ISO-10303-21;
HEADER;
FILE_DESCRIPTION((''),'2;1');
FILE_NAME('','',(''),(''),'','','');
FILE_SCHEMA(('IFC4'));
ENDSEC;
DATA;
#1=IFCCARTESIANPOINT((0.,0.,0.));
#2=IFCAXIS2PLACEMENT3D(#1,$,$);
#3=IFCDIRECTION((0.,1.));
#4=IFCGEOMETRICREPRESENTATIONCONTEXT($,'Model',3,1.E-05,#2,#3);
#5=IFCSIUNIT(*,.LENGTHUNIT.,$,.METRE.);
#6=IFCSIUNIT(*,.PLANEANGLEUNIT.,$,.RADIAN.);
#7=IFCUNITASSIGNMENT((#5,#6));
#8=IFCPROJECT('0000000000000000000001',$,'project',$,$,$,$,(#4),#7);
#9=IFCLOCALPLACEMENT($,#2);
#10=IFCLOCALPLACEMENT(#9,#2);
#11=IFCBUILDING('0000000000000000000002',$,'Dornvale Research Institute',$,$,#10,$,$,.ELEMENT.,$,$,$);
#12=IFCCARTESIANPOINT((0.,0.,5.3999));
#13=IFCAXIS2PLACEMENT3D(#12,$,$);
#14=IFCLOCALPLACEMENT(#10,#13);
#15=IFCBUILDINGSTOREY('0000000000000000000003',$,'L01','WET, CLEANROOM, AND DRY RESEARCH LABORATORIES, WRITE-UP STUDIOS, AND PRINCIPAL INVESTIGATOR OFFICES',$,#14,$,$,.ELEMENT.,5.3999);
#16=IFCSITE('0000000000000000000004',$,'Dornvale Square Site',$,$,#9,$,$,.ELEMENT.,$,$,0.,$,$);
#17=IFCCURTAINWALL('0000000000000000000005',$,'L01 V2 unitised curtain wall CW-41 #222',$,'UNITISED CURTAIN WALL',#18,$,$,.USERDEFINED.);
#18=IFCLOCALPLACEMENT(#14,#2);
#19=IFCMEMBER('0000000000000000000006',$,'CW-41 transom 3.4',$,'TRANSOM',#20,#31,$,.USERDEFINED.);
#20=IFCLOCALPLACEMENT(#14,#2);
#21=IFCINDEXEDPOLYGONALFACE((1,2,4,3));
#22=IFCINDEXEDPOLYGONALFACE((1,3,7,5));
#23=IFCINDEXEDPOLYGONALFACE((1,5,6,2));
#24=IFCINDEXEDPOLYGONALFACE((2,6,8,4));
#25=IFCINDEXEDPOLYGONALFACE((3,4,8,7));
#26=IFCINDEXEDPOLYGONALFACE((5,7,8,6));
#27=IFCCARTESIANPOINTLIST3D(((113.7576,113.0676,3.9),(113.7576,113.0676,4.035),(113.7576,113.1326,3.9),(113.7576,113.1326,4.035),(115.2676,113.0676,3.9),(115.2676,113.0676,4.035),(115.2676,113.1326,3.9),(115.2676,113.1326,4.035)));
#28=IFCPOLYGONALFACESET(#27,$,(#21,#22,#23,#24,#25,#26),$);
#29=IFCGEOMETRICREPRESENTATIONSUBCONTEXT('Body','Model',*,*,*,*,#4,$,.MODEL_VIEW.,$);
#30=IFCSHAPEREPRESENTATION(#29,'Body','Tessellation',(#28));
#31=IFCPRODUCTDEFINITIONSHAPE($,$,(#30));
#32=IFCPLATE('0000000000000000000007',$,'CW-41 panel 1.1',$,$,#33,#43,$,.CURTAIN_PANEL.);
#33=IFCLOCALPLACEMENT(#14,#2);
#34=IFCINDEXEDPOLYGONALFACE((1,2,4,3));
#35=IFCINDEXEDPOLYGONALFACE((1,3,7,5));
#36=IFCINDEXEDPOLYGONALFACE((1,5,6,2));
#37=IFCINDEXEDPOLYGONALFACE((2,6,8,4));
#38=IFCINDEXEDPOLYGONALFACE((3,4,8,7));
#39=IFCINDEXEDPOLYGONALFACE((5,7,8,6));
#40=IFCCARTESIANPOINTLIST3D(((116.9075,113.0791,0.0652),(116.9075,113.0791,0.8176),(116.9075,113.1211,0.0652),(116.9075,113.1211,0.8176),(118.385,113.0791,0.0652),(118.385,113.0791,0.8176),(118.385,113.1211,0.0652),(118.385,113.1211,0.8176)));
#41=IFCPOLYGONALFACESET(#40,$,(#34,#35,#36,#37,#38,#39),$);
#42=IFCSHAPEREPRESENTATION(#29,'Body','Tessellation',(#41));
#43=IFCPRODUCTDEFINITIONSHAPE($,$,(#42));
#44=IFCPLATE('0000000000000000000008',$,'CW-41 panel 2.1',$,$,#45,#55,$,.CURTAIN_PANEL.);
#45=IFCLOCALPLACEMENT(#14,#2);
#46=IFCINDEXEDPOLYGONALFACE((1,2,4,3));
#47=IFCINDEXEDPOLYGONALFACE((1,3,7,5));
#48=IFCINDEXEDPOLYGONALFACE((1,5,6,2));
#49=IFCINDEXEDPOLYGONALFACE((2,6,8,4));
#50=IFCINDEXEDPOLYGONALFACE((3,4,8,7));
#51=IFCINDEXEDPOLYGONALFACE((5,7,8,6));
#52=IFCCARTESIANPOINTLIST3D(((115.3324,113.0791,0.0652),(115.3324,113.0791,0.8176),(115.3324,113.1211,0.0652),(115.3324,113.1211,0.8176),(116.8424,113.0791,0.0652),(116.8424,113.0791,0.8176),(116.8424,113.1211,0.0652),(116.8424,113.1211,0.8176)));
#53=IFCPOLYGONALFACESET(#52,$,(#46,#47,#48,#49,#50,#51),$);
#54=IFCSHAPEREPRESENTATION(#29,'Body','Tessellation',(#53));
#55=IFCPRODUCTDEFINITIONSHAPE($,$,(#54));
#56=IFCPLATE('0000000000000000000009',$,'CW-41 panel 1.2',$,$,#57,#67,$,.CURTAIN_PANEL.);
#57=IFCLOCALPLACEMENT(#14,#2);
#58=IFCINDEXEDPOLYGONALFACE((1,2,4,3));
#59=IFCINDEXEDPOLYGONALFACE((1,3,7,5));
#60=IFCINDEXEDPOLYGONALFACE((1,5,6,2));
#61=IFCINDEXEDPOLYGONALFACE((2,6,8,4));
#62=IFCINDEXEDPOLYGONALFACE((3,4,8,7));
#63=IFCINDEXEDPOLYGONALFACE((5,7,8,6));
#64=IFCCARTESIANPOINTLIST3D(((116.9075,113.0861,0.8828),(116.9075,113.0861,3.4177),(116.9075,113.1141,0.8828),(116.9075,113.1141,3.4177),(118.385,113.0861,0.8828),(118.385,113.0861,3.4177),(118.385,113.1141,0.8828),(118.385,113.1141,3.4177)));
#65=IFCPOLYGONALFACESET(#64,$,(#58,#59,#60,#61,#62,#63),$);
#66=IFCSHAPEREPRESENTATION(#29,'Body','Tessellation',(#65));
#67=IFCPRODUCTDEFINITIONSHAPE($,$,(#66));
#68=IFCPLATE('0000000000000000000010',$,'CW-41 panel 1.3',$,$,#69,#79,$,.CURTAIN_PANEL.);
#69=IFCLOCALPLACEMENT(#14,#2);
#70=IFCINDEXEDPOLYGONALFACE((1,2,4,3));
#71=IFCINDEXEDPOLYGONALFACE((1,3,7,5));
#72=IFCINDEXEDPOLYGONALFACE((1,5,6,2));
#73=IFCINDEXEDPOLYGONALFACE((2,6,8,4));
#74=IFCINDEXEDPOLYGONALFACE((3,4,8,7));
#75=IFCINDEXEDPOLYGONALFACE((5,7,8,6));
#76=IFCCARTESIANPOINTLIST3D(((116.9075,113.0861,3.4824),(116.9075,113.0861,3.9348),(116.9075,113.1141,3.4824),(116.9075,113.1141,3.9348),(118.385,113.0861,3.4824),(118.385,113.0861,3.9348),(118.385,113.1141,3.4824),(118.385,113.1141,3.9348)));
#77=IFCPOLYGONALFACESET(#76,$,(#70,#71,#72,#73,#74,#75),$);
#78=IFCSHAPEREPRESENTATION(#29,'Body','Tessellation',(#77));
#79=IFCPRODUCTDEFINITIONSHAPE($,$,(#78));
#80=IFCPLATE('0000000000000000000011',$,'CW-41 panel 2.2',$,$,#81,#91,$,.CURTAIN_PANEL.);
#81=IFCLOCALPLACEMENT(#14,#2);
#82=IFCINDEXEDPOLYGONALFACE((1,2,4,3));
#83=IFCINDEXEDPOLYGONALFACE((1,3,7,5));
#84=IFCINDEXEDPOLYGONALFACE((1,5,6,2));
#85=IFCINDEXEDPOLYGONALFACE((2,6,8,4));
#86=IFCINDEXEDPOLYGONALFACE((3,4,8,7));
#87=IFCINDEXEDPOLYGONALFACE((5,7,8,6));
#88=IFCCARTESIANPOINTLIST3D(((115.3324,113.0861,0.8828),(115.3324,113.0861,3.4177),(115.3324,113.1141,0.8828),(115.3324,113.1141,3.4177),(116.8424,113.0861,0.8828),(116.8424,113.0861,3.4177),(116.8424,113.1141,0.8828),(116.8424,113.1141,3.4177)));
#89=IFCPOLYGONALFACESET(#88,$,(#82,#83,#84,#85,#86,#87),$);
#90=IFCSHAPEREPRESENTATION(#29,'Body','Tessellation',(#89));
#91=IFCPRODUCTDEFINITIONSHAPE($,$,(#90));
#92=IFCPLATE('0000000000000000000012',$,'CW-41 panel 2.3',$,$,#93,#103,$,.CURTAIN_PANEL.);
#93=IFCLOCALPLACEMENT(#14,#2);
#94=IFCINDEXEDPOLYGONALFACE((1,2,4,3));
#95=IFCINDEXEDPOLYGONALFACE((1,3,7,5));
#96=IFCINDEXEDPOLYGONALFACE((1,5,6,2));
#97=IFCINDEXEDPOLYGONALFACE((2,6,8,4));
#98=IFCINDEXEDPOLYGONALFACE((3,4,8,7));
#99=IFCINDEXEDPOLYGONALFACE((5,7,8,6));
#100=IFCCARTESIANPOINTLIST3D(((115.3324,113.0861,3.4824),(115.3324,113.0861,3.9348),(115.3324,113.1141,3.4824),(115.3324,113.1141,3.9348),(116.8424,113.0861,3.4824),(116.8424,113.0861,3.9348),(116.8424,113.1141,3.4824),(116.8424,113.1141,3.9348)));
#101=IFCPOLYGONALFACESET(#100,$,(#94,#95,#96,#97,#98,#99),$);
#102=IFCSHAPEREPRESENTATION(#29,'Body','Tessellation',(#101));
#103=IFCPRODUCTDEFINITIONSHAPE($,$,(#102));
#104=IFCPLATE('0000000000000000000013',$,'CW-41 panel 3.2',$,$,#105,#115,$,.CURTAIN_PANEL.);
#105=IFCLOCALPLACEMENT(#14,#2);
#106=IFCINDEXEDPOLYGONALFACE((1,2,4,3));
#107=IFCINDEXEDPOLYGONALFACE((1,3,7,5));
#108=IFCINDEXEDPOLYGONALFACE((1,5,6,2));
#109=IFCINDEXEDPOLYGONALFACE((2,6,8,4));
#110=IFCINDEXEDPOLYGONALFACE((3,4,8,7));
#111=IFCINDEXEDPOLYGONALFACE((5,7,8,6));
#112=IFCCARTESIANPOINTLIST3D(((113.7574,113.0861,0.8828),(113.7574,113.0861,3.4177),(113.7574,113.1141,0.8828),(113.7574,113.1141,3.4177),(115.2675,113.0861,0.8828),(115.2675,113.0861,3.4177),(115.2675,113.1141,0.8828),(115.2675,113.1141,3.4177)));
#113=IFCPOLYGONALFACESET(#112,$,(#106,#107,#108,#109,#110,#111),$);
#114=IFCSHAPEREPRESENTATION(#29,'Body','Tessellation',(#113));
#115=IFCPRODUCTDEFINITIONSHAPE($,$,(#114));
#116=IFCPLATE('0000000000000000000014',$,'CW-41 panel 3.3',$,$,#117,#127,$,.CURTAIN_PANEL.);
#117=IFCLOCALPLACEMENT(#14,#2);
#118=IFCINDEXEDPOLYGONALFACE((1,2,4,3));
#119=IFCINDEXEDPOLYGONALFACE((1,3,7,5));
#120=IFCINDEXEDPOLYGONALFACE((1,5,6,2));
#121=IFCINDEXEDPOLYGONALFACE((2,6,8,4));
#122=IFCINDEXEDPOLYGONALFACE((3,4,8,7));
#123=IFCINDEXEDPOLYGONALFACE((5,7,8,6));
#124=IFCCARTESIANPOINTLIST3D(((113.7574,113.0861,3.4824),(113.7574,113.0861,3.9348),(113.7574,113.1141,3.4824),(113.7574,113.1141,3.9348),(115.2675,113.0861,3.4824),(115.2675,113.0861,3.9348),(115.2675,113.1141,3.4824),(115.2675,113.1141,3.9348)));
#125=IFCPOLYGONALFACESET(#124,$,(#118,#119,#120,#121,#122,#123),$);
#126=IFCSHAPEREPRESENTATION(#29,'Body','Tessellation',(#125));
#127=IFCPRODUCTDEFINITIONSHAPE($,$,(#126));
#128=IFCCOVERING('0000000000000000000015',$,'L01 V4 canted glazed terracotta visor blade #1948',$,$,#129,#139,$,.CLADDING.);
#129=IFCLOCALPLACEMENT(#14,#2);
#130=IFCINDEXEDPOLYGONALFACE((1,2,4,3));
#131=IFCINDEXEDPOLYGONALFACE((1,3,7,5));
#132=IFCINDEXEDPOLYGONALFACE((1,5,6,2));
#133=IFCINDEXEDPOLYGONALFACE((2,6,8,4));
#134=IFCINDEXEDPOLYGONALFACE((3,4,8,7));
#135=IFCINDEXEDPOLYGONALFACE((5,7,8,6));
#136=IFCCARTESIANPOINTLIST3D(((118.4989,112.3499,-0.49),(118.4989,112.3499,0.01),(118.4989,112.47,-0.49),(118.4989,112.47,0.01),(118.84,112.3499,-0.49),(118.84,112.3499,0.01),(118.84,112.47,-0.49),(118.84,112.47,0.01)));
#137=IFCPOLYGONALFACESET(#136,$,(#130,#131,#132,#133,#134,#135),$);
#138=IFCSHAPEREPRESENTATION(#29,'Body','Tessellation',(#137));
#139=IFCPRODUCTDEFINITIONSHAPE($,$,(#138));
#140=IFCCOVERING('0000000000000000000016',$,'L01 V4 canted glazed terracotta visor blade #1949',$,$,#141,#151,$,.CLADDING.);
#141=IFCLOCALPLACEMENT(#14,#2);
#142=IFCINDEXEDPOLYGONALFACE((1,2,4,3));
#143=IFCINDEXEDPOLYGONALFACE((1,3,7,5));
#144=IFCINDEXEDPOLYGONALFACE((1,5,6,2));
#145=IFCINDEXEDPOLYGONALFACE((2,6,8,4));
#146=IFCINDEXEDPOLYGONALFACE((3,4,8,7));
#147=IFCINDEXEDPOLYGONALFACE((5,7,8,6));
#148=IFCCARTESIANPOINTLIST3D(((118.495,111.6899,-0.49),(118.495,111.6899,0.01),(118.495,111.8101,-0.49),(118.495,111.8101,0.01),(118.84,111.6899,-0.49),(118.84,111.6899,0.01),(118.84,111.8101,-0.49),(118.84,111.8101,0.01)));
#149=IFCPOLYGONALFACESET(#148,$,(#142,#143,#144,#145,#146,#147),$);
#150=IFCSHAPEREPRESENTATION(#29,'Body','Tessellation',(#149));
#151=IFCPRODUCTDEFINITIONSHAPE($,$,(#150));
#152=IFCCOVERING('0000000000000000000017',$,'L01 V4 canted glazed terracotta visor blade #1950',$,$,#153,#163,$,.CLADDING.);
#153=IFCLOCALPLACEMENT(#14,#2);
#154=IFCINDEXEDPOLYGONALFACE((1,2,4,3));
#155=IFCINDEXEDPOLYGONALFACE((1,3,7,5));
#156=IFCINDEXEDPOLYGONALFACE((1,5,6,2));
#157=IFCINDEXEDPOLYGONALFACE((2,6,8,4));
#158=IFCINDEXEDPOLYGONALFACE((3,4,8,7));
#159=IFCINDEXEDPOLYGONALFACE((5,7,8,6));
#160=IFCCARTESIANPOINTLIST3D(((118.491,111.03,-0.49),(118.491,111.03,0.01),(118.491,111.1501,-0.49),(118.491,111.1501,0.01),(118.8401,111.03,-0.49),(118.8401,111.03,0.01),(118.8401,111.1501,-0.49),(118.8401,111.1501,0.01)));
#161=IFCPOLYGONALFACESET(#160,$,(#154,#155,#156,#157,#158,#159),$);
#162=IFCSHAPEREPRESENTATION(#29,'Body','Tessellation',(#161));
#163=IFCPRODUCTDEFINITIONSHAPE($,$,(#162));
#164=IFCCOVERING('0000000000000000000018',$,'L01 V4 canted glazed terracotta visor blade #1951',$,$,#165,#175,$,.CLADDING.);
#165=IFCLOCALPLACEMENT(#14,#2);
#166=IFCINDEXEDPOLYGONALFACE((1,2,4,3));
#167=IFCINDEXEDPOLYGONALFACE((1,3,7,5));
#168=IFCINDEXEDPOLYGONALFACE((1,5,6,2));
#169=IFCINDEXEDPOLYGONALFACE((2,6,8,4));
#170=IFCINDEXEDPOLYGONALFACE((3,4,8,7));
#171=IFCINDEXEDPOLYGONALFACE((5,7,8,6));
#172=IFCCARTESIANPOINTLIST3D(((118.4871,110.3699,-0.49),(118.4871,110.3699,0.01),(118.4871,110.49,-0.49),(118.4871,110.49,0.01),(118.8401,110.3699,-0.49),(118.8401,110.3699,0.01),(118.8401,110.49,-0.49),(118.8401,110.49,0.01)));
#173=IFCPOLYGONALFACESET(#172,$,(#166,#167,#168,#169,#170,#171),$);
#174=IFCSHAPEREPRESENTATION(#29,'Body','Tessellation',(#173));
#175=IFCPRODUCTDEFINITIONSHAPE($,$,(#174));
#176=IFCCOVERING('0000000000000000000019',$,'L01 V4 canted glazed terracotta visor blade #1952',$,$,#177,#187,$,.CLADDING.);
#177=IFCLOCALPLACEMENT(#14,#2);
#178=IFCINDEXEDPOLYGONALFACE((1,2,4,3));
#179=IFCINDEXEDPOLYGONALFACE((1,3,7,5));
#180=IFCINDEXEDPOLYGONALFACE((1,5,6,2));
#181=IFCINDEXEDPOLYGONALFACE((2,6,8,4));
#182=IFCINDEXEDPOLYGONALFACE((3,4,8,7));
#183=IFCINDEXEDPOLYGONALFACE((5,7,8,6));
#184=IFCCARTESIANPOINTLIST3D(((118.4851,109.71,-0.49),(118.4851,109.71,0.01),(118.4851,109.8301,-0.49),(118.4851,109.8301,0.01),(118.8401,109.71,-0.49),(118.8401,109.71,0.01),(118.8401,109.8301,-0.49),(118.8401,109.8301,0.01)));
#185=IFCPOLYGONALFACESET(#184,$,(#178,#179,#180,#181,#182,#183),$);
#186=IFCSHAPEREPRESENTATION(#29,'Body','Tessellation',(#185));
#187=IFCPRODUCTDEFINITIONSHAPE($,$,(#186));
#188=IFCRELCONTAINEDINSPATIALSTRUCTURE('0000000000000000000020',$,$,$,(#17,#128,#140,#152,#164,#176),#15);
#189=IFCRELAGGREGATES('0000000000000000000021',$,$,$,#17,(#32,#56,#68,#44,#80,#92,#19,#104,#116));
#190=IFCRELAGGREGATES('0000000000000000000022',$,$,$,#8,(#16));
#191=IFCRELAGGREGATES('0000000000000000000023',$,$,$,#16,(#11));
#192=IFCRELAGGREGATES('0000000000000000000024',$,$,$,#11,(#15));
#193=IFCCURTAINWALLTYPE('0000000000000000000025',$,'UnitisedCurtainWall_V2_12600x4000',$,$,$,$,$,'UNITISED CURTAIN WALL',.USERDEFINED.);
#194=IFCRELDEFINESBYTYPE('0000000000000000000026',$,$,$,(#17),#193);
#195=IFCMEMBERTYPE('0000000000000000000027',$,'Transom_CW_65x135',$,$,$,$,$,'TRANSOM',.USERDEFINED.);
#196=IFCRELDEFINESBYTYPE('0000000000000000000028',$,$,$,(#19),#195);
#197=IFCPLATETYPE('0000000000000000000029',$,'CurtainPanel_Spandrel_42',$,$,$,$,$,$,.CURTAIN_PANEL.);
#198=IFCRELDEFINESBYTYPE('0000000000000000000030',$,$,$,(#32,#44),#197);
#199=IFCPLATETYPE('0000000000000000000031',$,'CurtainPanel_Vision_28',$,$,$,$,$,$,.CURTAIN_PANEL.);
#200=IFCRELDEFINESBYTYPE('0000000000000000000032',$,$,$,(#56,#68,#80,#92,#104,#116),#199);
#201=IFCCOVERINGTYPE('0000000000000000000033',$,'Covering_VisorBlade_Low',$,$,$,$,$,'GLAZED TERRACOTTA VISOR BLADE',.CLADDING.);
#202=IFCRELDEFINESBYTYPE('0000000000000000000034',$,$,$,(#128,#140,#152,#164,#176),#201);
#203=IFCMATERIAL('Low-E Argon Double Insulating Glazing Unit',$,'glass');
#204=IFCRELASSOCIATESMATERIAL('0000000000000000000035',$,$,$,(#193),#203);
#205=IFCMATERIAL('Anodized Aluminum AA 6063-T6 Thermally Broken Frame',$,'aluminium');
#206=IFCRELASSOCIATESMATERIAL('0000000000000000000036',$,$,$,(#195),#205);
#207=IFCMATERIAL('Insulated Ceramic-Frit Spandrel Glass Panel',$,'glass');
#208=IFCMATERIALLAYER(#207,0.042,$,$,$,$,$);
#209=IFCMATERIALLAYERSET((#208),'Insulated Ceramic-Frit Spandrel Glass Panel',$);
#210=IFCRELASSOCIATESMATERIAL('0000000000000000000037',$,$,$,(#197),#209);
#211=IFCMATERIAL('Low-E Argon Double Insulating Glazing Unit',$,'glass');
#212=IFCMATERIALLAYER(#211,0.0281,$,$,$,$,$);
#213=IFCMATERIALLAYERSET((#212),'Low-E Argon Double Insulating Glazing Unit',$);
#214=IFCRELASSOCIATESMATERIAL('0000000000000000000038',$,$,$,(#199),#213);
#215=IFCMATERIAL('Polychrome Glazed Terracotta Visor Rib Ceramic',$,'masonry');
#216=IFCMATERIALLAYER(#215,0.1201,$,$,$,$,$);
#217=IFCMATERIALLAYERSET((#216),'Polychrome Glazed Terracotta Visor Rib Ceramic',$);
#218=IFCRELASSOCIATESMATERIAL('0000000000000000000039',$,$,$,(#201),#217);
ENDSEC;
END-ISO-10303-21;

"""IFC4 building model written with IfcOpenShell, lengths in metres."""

from ifc_helpers import new_model, si_unit, direction, frame, origin, origin_2d, place, context, subcontext, project, spatial, rectangle, extrude, material, layer, layer_set, material_profile, profile_set, type_object, element, aggregate, save


model = new_model("IFC4")

# Units and contexts
model_context = context("Model", 3, precision=1e-05, world=origin(), true_north=direction((0.0, 1.0)))
body_context = subcontext(model_context, "Body", "Model", "MODEL_VIEW")
ifc_project = project(units=[si_unit("LENGTHUNIT", "METRE"), si_unit("PLANEANGLEUNIT", "RADIAN")], contexts=[model_context])

# Site, building, storey
site_placement = place(None, origin())
site = spatial("IfcSite", under=ifc_project, at=site_placement, Name="Dornvale Square Site", CompositionType="ELEMENT", RefElevation=0.0)
building_placement = place(site_placement, origin())
building = spatial("IfcBuilding", under=site, at=building_placement, Name="Dornvale Research Institute", CompositionType="ELEMENT")
storey_placement = place(building_placement, frame((0.0, 0.0, 5.3999)))
storey = spatial("IfcBuildingStorey", under=building, at=storey_placement, Name="L01", Description="WET, CLEANROOM, AND DRY RESEARCH LABORATORIES, WRITE-UP STUDIOS, AND PRINCIPAL INVESTIGATOR OFFICES", CompositionType="ELEMENT", Elevation=5.3999)

# Curtain wall
ifc_material_1 = material(Name="Low-E Argon Double Insulating Glazing Unit", Category="glass")
curtain_wall_type = type_object("IfcCurtainWallType", Name="UnitisedCurtainWall_V2_12600x4000", ElementType="UNITISED CURTAIN WALL", PredefinedType="USERDEFINED", material=ifc_material_1)
curtain_wall_placement = place(storey_placement, origin())
curtain_wall = element("IfcCurtainWall", 1, at=curtain_wall_placement, inside=storey, type_object=curtain_wall_type, Name="L01 V2 unitised curtain wall CW-41 #222", ObjectType="UNITISED CURTAIN WALL", PredefinedType="USERDEFINED")

# Member
ifc_material_2 = material(Name="Anodized Aluminum AA 6063-T6 Thermally Broken Frame", Category="aluminium")
ifc_material_profile_1 = material_profile(ifc_material_2, rectangle(XDim=0.0649, YDim=0.135, at=origin_2d()), Name="ALU TRANSOM 65x135")
ifc_profile_set_1 = profile_set([ifc_material_profile_1], Name="Anodized Aluminum AA 6063-T6 Thermally Broken Frame")
member_type_1 = type_object("IfcMemberType", Name="Transom_CW_65x135", ElementType="TRANSOM", PredefinedType="USERDEFINED", material=ifc_profile_set_1)
member_1_placement = place(storey_placement, frame((115.2676, 113.1001, 3.9675), z_axis=(-1.0, 0.0, 0.0), x_axis=(0.0, -1.0, 0.0)))
member_1 = element("IfcMember", 2, at=member_1_placement, type_object=member_type_1, Name="CW-41 transom 3.4", ObjectType="TRANSOM", PredefinedType="USERDEFINED", context=body_context, shape_type="SweptSolid", body=[
    extrude(rectangle(XDim=0.0649, YDim=0.135, at=origin_2d()), origin(), (0.0, 0.0, 1.0), 1.51),
])

# Plates
ifc_material_3 = material(Name="Insulated Ceramic-Frit Spandrel Glass Panel", Category="glass")
ifc_layer_1 = layer(ifc_material_3, 0.042)
ifc_layer_set_1 = layer_set([ifc_layer_1], Name="Insulated Ceramic-Frit Spandrel Glass Panel")
plate_type_1 = type_object("IfcPlateType", Name="CurtainPanel_Spandrel_42", PredefinedType="CURTAIN_PANEL", material=ifc_layer_set_1)
plate_1_placement = place(storey_placement, frame((117.6462, 113.1001, 0.0652), z_axis=(0.0, 0.0, 1.0), x_axis=(-1.0, 0.0, 0.0)))
plate_1 = element("IfcPlate", 3, at=plate_1_placement, type_object=plate_type_1, Name="CW-41 panel 1.1", PredefinedType="CURTAIN_PANEL", context=body_context, shape_type="SweptSolid", body=[
    extrude(rectangle(XDim=1.4775, YDim=0.042, at=origin_2d()), origin(), (0.0, 0.0, 1.0), 0.7524),
])
plate_2_placement = place(storey_placement, frame((116.0874, 113.1001, 0.0652), z_axis=(0.0, 0.0, 1.0), x_axis=(-1.0, 0.0, 0.0)))
plate_2 = element("IfcPlate", 4, at=plate_2_placement, type_object=plate_type_1, Name="CW-41 panel 2.1", PredefinedType="CURTAIN_PANEL", context=body_context, shape_type="SweptSolid", body=[
    extrude(rectangle(XDim=1.51, YDim=0.042, at=origin_2d()), origin(), (0.0, 0.0, 1.0), 0.7524),
])
ifc_material_4 = material(Name="Low-E Argon Double Insulating Glazing Unit", Category="glass")
ifc_layer_2 = layer(ifc_material_4, 0.0281)
ifc_layer_set_2 = layer_set([ifc_layer_2], Name="Low-E Argon Double Insulating Glazing Unit")
plate_type_2 = type_object("IfcPlateType", Name="CurtainPanel_Vision_28", PredefinedType="CURTAIN_PANEL", material=ifc_layer_set_2)
plate_3_placement = place(storey_placement, frame((117.6462, 113.1001, 0.8828), z_axis=(0.0, 0.0, 1.0), x_axis=(-1.0, 0.0, 0.0)))
plate_3 = element("IfcPlate", 5, at=plate_3_placement, type_object=plate_type_2, Name="CW-41 panel 1.2", PredefinedType="CURTAIN_PANEL", context=body_context, shape_type="SweptSolid", body=[
    extrude(rectangle(XDim=1.4775, YDim=0.0281, at=origin_2d()), origin(), (0.0, 0.0, 1.0), 2.5349),
])
plate_4_placement = place(storey_placement, frame((117.6462, 113.1001, 3.4824), z_axis=(0.0, 0.0, 1.0), x_axis=(-1.0, 0.0, 0.0)))
plate_4 = element("IfcPlate", 6, at=plate_4_placement, type_object=plate_type_2, Name="CW-41 panel 1.3", PredefinedType="CURTAIN_PANEL", context=body_context, shape_type="SweptSolid", body=[
    extrude(rectangle(XDim=1.4775, YDim=0.0281, at=origin_2d()), origin(), (0.0, 0.0, 1.0), 0.4524),
])
plate_5_placement = place(storey_placement, frame((116.0874, 113.1001, 0.8828), z_axis=(0.0, 0.0, 1.0), x_axis=(-1.0, 0.0, 0.0)))
plate_5 = element("IfcPlate", 7, at=plate_5_placement, type_object=plate_type_2, Name="CW-41 panel 2.2", PredefinedType="CURTAIN_PANEL", context=body_context, shape_type="SweptSolid", body=[
    extrude(rectangle(XDim=1.51, YDim=0.0281, at=origin_2d()), origin(), (0.0, 0.0, 1.0), 2.5349),
])
plate_6_placement = place(storey_placement, frame((116.0874, 113.1001, 3.4824), z_axis=(0.0, 0.0, 1.0), x_axis=(-1.0, 0.0, 0.0)))
plate_6 = element("IfcPlate", 8, at=plate_6_placement, type_object=plate_type_2, Name="CW-41 panel 2.3", PredefinedType="CURTAIN_PANEL", context=body_context, shape_type="SweptSolid", body=[
    extrude(rectangle(XDim=1.51, YDim=0.0281, at=origin_2d()), origin(), (0.0, 0.0, 1.0), 0.4524),
])
plate_7_placement = place(storey_placement, frame((114.5125, 113.1001, 0.8828), z_axis=(0.0, 0.0, 1.0), x_axis=(-1.0, 0.0, 0.0)))
plate_7 = element("IfcPlate", 9, at=plate_7_placement, type_object=plate_type_2, Name="CW-41 panel 3.2", PredefinedType="CURTAIN_PANEL", context=body_context, shape_type="SweptSolid", body=[
    extrude(rectangle(XDim=1.51, YDim=0.0281, at=origin_2d()), origin(), (0.0, 0.0, 1.0), 2.5349),
])
plate_8_placement = place(storey_placement, frame((114.5125, 113.1001, 3.4824), z_axis=(0.0, 0.0, 1.0), x_axis=(-1.0, 0.0, 0.0)))
plate_8 = element("IfcPlate", 10, at=plate_8_placement, type_object=plate_type_2, Name="CW-41 panel 3.3", PredefinedType="CURTAIN_PANEL", context=body_context, shape_type="SweptSolid", body=[
    extrude(rectangle(XDim=1.51, YDim=0.0281, at=origin_2d()), origin(), (0.0, 0.0, 1.0), 0.4524),
])
aggregate(curtain_wall, [plate_1, plate_3, plate_4, plate_2, plate_5, plate_6, member_1, plate_7, plate_8])

# Coverings
ifc_material_5 = material(Name="Polychrome Glazed Terracotta Visor Rib Ceramic", Category="masonry")
ifc_layer_3 = layer(ifc_material_5, 0.1201)
ifc_layer_set_3 = layer_set([ifc_layer_3], Name="Polychrome Glazed Terracotta Visor Rib Ceramic")
covering_type = type_object("IfcCoveringType", Name="Covering_VisorBlade_Low", ElementType="GLAZED TERRACOTTA VISOR BLADE", PredefinedType="CLADDING", material=ifc_layer_set_3)
covering_1_placement = place(storey_placement, frame((118.6694, 112.4099, -0.49), z_axis=(0.0, 0.0, 1.0), x_axis=(1.0, 0.0, 0.0)))
element("IfcCovering", 11, at=covering_1_placement, inside=storey, type_object=covering_type, Name="L01 V4 canted glazed terracotta visor blade #1948", PredefinedType="CLADDING", context=body_context, shape_type="SweptSolid", body=[
    extrude(rectangle(XDim=0.3411, YDim=0.1201, at=origin_2d()), origin(), (0.0, 0.0, 1.0), 0.5),
])
covering_2_placement = place(storey_placement, frame((118.6675, 111.75, -0.49), z_axis=(0.0, 0.0, 1.0), x_axis=(1.0, 0.0, 0.0)))
element("IfcCovering", 12, at=covering_2_placement, inside=storey, type_object=covering_type, Name="L01 V4 canted glazed terracotta visor blade #1949", PredefinedType="CLADDING", context=body_context, shape_type="SweptSolid", body=[
    extrude(rectangle(XDim=0.345, YDim=0.1201, at=origin_2d()), origin(), (0.0, 0.0, 1.0), 0.5),
])
covering_3_placement = place(storey_placement, frame((118.6655, 111.0901, -0.49), z_axis=(0.0, 0.0, 1.0), x_axis=(1.0, 0.0, 0.0)))
element("IfcCovering", 13, at=covering_3_placement, inside=storey, type_object=covering_type, Name="L01 V4 canted glazed terracotta visor blade #1950", PredefinedType="CLADDING", context=body_context, shape_type="SweptSolid", body=[
    extrude(rectangle(XDim=0.3491, YDim=0.1201, at=origin_2d()), origin(), (0.0, 0.0, 1.0), 0.5),
])
covering_4_placement = place(storey_placement, frame((118.6636, 110.4299, -0.49), z_axis=(0.0, 0.0, 1.0), x_axis=(1.0, 0.0, 0.0)))
element("IfcCovering", 14, at=covering_4_placement, inside=storey, type_object=covering_type, Name="L01 V4 canted glazed terracotta visor blade #1951", PredefinedType="CLADDING", context=body_context, shape_type="SweptSolid", body=[
    extrude(rectangle(XDim=0.353, YDim=0.1201, at=origin_2d()), origin(), (0.0, 0.0, 1.0), 0.5),
])
covering_5_placement = place(storey_placement, frame((118.6626, 109.77, -0.49), z_axis=(0.0, 0.0, 1.0), x_axis=(1.0, 0.0, 0.0)))
element("IfcCovering", 15, at=covering_5_placement, inside=storey, type_object=covering_type, Name="L01 V4 canted glazed terracotta visor blade #1952", PredefinedType="CLADDING", context=body_context, shape_type="SweptSolid", body=[
    extrude(rectangle(XDim=0.355, YDim=0.1201, at=origin_2d()), origin(), (0.0, 0.0, 1.0), 0.5),
])

save(model, "model.ifc")
